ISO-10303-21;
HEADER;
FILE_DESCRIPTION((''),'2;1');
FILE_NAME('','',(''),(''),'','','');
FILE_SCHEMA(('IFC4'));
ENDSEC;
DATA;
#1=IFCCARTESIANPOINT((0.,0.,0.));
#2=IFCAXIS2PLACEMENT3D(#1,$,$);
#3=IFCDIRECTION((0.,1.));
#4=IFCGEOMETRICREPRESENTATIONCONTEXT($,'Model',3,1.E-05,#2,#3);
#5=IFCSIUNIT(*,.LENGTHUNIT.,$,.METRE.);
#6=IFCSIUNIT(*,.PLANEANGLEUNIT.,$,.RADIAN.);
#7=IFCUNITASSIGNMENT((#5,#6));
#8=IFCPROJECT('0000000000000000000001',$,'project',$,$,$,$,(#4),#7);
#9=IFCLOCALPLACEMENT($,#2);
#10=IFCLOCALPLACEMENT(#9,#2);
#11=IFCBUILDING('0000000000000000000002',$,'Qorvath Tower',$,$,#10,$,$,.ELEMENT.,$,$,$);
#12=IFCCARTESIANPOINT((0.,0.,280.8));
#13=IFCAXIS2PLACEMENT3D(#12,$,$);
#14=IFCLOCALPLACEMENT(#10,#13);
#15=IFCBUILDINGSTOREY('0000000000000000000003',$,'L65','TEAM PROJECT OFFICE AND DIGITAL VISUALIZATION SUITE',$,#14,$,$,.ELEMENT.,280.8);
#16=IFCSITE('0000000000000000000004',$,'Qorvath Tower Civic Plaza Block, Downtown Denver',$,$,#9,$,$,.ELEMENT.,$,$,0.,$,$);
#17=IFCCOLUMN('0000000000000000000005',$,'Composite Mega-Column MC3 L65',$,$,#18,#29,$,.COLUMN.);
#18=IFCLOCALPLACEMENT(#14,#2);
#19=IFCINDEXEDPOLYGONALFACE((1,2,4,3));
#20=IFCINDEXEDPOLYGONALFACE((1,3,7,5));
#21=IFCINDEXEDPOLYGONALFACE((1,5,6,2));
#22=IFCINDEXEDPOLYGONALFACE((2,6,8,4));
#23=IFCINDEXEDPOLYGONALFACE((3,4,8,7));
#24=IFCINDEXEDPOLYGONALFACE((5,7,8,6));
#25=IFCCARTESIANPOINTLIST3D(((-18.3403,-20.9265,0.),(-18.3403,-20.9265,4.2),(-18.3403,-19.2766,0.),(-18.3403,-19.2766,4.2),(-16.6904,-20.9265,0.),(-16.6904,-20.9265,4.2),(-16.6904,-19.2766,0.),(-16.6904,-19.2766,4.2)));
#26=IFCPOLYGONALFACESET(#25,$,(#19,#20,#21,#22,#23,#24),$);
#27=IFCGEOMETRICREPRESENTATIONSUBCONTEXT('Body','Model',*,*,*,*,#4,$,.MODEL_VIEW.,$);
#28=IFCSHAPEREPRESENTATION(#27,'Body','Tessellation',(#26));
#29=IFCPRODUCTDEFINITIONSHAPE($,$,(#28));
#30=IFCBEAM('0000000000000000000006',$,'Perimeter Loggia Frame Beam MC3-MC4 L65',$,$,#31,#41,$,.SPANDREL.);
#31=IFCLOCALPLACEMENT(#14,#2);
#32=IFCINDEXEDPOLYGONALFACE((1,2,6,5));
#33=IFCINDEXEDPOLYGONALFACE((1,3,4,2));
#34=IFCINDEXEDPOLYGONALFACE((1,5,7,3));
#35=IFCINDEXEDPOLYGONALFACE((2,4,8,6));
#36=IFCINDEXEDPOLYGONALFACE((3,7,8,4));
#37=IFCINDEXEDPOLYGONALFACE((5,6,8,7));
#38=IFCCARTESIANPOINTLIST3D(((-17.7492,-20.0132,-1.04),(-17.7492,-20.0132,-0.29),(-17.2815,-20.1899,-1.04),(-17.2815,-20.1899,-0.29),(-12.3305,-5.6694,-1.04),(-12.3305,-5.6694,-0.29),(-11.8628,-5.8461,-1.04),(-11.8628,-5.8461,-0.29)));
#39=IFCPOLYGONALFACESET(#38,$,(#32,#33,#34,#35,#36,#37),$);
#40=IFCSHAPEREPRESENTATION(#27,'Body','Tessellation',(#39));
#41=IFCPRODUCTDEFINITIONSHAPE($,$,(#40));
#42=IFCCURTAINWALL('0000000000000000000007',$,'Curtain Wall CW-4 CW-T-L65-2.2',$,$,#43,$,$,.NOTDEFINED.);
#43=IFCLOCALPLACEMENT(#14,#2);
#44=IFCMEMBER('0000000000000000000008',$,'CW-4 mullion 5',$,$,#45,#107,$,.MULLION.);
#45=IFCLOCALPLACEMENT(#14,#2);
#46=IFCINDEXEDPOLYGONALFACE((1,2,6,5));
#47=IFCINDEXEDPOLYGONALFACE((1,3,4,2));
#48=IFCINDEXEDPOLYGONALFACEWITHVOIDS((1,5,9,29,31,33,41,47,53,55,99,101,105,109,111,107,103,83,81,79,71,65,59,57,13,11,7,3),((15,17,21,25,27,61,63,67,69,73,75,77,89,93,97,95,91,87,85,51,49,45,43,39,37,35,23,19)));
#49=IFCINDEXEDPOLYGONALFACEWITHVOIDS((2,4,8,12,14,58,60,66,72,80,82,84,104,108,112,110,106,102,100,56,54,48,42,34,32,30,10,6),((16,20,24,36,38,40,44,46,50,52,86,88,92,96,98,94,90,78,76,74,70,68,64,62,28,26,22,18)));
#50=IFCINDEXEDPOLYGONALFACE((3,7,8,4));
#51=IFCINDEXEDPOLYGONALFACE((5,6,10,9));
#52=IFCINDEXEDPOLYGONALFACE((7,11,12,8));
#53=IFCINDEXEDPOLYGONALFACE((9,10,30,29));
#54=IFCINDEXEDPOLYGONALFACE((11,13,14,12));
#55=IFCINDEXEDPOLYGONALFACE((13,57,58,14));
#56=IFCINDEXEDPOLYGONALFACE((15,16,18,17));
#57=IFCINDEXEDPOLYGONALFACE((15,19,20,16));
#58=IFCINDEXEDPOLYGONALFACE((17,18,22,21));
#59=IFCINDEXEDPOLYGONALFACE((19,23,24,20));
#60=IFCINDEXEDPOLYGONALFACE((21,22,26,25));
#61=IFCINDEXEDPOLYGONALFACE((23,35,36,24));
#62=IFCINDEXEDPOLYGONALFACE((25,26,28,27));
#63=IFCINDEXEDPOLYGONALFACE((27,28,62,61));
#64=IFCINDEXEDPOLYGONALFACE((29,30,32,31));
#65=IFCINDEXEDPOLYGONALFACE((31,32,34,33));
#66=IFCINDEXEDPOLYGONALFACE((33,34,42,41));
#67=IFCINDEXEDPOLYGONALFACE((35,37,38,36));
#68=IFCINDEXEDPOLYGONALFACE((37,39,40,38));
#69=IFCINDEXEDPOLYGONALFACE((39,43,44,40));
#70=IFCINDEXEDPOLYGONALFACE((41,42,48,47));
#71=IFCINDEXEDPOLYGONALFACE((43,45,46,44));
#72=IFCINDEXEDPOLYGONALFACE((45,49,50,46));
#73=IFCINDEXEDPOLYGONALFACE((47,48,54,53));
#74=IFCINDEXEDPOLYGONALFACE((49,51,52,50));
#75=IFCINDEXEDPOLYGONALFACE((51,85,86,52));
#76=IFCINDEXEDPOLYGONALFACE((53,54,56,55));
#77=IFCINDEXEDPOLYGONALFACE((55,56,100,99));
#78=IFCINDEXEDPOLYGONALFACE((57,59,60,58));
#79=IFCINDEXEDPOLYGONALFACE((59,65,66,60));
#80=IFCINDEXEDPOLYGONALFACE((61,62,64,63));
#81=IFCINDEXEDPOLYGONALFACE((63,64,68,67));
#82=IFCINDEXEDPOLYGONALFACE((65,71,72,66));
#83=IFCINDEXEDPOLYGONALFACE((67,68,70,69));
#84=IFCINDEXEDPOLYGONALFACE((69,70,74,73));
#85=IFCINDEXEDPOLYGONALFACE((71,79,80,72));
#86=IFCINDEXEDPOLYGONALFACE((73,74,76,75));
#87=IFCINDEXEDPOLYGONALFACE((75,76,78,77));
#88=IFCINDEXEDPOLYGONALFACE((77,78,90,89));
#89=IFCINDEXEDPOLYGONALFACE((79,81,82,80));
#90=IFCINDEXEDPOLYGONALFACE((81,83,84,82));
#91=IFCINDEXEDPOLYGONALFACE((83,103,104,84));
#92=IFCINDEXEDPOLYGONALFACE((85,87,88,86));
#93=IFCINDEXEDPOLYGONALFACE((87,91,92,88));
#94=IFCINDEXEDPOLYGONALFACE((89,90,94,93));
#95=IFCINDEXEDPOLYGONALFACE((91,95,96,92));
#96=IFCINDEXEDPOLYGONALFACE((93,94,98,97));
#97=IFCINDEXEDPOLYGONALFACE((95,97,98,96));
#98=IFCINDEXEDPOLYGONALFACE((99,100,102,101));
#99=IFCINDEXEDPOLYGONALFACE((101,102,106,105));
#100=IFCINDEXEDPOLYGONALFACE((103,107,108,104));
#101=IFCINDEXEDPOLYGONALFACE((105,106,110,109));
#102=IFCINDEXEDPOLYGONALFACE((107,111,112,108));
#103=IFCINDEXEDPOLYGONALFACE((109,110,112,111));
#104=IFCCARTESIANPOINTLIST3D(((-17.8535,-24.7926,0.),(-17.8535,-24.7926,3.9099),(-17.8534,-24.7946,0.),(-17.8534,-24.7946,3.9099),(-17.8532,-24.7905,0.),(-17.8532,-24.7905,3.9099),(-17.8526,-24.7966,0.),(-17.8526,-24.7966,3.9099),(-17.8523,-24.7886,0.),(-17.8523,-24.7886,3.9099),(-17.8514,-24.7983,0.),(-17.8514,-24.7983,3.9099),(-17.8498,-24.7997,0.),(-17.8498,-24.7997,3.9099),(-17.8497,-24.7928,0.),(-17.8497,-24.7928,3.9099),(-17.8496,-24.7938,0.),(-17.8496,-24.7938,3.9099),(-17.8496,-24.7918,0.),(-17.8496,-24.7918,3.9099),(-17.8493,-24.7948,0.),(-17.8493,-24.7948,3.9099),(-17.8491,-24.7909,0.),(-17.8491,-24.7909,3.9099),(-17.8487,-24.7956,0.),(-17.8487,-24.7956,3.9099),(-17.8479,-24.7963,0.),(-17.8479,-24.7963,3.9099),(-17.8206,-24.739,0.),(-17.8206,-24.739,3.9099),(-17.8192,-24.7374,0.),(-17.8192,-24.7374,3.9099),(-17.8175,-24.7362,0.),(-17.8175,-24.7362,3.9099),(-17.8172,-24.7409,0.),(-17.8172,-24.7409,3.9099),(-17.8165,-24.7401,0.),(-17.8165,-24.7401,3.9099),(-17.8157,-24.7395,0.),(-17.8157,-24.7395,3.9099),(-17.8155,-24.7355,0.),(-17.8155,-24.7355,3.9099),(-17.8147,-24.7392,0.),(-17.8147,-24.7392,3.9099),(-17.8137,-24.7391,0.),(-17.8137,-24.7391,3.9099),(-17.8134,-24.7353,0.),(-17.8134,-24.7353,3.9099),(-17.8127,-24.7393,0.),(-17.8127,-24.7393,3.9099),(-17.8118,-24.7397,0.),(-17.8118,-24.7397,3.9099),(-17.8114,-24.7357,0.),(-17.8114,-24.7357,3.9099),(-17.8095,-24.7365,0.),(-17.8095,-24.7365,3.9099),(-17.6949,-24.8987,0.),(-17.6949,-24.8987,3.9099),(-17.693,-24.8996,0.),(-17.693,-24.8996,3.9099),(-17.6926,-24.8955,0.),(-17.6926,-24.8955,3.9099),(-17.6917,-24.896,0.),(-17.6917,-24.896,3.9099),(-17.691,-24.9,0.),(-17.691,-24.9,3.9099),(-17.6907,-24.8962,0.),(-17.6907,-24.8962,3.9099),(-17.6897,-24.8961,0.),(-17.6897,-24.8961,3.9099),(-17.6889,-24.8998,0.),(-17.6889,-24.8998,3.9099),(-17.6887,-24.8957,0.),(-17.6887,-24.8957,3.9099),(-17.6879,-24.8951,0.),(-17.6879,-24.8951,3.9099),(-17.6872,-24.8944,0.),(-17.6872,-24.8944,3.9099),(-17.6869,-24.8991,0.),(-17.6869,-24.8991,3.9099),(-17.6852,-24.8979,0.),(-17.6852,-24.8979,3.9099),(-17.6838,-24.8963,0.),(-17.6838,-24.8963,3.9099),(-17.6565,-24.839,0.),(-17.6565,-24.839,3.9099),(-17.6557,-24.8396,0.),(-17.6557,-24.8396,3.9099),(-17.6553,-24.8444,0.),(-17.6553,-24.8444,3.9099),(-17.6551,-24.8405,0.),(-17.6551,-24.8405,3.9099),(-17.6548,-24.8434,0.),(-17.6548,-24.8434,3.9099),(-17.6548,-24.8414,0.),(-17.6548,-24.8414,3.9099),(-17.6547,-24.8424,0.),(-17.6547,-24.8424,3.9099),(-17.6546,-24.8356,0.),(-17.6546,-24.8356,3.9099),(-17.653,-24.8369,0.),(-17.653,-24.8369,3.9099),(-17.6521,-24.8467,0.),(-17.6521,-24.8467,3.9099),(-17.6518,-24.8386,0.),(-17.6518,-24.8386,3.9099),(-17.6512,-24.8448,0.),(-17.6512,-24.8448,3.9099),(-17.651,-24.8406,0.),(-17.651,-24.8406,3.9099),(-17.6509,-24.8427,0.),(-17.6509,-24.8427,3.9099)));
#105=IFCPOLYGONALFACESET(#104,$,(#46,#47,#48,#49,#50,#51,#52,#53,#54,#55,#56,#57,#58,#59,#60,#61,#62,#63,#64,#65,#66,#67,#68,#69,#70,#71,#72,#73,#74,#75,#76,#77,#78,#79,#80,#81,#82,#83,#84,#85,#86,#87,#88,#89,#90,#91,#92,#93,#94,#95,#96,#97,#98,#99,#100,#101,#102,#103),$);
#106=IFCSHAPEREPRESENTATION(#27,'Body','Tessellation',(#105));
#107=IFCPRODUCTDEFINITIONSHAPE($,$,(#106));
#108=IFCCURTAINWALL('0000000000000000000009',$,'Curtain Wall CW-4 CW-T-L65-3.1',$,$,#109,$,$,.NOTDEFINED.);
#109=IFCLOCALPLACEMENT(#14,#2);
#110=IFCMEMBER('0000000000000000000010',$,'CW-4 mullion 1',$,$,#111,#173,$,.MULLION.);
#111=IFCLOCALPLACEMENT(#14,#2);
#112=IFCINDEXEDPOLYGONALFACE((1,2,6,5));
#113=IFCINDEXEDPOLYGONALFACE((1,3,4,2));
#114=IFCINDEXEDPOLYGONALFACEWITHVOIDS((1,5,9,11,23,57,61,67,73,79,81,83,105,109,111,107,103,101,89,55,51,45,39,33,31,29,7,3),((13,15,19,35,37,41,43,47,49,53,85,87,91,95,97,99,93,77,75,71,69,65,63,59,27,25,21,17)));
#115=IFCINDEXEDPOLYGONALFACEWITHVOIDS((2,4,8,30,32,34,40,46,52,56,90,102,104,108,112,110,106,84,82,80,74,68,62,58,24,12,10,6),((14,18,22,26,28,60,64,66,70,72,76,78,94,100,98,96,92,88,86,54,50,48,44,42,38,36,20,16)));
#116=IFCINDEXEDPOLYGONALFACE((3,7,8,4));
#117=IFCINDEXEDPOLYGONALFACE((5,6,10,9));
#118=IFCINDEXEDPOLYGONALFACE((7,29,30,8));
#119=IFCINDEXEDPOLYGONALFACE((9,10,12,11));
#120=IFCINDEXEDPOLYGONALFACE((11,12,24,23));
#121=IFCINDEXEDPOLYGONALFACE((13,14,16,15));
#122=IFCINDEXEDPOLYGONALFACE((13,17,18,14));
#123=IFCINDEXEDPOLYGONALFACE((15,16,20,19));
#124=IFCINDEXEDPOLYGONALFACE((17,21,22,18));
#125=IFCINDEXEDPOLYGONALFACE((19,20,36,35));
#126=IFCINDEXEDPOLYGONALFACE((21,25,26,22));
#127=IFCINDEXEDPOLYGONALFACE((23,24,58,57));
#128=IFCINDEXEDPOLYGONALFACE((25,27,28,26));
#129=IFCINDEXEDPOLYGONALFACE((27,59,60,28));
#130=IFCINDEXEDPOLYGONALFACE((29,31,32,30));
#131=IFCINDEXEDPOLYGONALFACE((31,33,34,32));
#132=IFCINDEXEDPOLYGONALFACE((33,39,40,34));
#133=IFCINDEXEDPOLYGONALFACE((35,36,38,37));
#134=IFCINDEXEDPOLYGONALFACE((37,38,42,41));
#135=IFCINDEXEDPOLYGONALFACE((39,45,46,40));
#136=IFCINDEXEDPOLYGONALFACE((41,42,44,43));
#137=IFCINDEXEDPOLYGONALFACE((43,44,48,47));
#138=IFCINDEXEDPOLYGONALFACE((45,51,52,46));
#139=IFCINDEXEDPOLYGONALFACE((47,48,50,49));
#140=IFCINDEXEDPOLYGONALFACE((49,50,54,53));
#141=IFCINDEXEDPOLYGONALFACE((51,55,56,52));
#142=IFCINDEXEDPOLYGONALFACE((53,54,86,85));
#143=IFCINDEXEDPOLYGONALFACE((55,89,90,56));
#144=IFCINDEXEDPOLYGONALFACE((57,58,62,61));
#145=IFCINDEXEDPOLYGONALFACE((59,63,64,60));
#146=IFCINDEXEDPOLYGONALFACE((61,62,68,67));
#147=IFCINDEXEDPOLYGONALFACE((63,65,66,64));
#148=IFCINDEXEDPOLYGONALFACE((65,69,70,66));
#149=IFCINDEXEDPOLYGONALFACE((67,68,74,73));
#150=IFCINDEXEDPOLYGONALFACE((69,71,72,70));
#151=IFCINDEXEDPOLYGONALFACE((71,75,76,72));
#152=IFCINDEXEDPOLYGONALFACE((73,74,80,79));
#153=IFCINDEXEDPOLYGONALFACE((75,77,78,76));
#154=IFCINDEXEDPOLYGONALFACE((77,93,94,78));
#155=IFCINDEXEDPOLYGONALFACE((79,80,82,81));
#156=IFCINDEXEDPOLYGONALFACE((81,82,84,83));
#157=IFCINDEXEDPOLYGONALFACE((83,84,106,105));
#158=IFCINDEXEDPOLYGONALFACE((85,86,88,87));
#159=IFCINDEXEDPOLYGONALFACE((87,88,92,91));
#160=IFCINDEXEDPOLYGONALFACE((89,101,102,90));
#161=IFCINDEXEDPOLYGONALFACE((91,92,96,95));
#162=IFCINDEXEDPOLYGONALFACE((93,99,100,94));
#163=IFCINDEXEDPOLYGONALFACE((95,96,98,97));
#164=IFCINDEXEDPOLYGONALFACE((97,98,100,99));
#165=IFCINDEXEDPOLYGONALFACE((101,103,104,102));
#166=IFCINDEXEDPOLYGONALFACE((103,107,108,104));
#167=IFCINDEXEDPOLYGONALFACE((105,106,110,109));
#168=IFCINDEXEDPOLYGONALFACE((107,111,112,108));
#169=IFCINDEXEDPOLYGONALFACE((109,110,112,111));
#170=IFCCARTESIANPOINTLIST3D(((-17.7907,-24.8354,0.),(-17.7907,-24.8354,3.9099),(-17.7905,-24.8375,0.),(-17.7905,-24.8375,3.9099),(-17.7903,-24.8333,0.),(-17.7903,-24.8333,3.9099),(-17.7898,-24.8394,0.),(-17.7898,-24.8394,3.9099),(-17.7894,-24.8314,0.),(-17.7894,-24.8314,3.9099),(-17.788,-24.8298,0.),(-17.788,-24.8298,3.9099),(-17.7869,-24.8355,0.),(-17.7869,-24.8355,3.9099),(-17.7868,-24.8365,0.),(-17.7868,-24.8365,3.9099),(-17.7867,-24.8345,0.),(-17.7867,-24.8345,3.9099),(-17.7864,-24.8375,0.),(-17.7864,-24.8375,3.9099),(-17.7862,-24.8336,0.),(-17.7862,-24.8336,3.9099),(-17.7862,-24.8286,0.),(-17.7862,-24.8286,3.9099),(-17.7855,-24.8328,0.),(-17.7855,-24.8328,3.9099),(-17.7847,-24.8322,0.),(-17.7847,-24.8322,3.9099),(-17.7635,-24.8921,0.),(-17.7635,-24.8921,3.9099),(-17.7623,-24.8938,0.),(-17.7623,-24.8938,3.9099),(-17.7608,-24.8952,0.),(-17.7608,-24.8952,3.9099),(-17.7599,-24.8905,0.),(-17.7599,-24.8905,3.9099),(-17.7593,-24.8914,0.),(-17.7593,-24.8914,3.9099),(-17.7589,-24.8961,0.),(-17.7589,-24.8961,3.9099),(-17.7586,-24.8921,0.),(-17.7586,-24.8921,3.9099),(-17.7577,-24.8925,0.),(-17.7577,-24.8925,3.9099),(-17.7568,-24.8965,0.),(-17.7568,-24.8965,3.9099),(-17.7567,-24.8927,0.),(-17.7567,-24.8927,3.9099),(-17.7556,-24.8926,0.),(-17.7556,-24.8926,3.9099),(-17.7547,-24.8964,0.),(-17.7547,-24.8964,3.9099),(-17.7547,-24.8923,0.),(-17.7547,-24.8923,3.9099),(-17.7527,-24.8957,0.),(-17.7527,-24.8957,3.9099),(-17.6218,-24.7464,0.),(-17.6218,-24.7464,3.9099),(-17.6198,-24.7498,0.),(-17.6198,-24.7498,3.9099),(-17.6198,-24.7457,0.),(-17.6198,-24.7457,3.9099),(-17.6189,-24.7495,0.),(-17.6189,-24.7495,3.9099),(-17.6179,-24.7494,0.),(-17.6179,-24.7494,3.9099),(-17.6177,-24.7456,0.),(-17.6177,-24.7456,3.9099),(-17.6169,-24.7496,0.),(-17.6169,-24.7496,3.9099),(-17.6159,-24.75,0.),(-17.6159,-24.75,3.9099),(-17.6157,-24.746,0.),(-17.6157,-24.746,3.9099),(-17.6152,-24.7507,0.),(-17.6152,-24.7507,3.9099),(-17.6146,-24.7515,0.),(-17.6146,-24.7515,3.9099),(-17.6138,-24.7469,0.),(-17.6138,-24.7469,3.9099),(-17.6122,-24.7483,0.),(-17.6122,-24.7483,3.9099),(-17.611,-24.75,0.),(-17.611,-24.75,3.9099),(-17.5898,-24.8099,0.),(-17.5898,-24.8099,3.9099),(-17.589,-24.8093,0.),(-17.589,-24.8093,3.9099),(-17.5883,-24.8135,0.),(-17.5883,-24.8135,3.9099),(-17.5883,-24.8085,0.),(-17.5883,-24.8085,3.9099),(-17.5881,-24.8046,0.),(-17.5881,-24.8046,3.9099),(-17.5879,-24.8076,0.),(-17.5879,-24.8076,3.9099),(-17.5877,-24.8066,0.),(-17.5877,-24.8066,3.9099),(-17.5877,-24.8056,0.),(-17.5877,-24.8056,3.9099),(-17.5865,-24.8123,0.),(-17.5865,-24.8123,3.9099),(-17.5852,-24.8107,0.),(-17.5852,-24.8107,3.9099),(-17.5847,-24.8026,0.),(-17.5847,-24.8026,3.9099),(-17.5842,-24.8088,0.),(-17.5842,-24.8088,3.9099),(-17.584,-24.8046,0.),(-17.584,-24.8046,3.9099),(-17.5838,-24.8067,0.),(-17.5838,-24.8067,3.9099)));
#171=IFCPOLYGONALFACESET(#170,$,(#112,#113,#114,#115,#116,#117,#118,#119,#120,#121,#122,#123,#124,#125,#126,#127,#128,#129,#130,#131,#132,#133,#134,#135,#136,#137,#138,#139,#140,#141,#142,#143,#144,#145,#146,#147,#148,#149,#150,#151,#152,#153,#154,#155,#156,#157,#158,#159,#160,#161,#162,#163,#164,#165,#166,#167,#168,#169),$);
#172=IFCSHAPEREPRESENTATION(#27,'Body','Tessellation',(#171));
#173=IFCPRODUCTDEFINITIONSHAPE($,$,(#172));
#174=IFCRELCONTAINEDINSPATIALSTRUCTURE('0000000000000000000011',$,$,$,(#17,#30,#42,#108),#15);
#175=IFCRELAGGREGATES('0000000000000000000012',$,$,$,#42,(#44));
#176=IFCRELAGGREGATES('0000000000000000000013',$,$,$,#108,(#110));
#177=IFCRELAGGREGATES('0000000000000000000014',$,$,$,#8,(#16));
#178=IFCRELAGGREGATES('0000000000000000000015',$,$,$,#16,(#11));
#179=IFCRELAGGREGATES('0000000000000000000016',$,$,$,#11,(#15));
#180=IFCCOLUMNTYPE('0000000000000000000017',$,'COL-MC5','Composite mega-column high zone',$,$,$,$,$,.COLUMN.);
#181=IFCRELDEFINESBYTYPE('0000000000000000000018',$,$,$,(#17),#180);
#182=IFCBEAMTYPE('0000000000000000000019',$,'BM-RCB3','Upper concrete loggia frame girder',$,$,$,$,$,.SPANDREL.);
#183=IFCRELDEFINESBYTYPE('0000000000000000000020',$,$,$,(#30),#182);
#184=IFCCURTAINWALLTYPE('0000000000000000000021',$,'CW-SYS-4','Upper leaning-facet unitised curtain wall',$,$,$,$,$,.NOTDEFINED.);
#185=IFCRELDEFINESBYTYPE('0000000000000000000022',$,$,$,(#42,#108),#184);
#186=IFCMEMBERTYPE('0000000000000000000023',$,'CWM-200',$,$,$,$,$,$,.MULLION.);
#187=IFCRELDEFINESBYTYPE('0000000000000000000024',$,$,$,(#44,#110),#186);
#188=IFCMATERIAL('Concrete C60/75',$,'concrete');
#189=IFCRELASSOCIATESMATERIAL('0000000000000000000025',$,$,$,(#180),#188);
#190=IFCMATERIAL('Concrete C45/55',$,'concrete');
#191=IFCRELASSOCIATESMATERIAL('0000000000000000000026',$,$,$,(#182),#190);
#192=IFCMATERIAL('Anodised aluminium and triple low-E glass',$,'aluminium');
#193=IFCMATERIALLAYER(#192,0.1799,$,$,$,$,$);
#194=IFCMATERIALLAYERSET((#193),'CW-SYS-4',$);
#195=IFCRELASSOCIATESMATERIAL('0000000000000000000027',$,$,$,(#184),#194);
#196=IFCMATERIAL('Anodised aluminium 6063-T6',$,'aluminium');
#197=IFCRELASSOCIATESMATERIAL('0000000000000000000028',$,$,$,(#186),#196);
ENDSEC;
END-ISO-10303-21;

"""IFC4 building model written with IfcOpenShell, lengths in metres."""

from ifc_helpers import new_model, si_unit, direction, frame, origin, origin_2d, place, context, subcontext, project, spatial, rectangle, hollow_rectangle, extrude, material, layer, layer_set, material_profile, profile_set, type_object, element, aggregate, save


model = new_model("IFC4")

# Units and contexts
model_context = context("Model", 3, precision=1e-05, world=origin(), true_north=direction((0.0, 1.0)))
body_context = subcontext(model_context, "Body", "Model", "MODEL_VIEW")
ifc_project = project(units=[si_unit("LENGTHUNIT", "METRE"), si_unit("PLANEANGLEUNIT", "RADIAN")], contexts=[model_context])

# Site, building, storey
site_placement = place(None, origin())
site = spatial("IfcSite", under=ifc_project, at=site_placement, Name="Qorvath Tower Civic Plaza Block, Downtown Denver", CompositionType="ELEMENT", RefElevation=0.0)
building_placement = place(site_placement, origin())
building = spatial("IfcBuilding", under=site, at=building_placement, Name="Qorvath Tower", CompositionType="ELEMENT")
storey_placement = place(building_placement, frame((0.0, 0.0, 280.8)))
storey = spatial("IfcBuildingStorey", under=building, at=storey_placement, Name="L65", Description="TEAM PROJECT OFFICE AND DIGITAL VISUALIZATION SUITE", CompositionType="ELEMENT", Elevation=280.8)

# Column
ifc_material_1 = material(Name="Concrete C60/75", Category="concrete")
ifc_material_profile_1 = material_profile(ifc_material_1, rectangle(XDim=1.6499, YDim=1.6499, at=origin_2d()), Name="MC 1650x1650")
ifc_profile_set_1 = profile_set([ifc_material_profile_1], Name="Concrete C60/75")
column_type = type_object("IfcColumnType", Name="COL-MC5", Description="Composite mega-column high zone", PredefinedType="COLUMN", material=ifc_profile_set_1)
column_placement = place(storey_placement, frame((-17.5154, -20.1016, 0.0), z_axis=(0.0, 0.0, 1.0), x_axis=(1.0, 0.0, 0.0)))
element("IfcColumn", 1, at=column_placement, inside=storey, type_object=column_type, Name="Composite Mega-Column MC3 L65", PredefinedType="COLUMN", context=body_context, shape_type="SweptSolid", body=[
    extrude(rectangle(XDim=1.6499, YDim=1.6499, at=origin_2d()), origin(), (0.0, 0.0, 1.0), 4.2),
])

# Beam
ifc_material_2 = material(Name="Concrete C45/55", Category="concrete")
ifc_material_profile_2 = material_profile(ifc_material_2, rectangle(XDim=0.5, YDim=0.75, at=origin_2d()), Name="RCB 750x500")
ifc_profile_set_2 = profile_set([ifc_material_profile_2], Name="Concrete C45/55")
beam_type = type_object("IfcBeamType", Name="BM-RCB3", Description="Upper concrete loggia frame girder", PredefinedType="SPANDREL", material=ifc_profile_set_2)
beam_placement = place(storey_placement, frame((-17.5154, -20.1016, -0.665), z_axis=(0.353398, 0.935473, 0.0), x_axis=(-0.935473, 0.353398, 0.0)))
element("IfcBeam", 2, at=beam_placement, inside=storey, type_object=beam_type, Name="Perimeter Loggia Frame Beam MC3-MC4 L65", PredefinedType="SPANDREL", context=body_context, shape_type="SweptSolid", body=[
    extrude(rectangle(XDim=0.5, YDim=0.75, at=origin_2d()), origin(), (0.0, 0.0, 1.0), 15.3333),
])

# Curtain wall, member
ifc_material_3 = material(Name="Anodised aluminium and triple low-E glass", Category="aluminium")
ifc_layer_1 = layer(ifc_material_3, 0.1799)
ifc_layer_set_1 = layer_set([ifc_layer_1], Name="CW-SYS-4")
curtain_wall_type = type_object("IfcCurtainWallType", Name="CW-SYS-4", Description="Upper leaning-facet unitised curtain wall", PredefinedType="NOTDEFINED", material=ifc_layer_set_1)
curtain_wall_1_placement = place(storey_placement, origin())
curtain_wall_1 = element("IfcCurtainWall", 3, at=curtain_wall_1_placement, inside=storey, type_object=curtain_wall_type, Name="Curtain Wall CW-4 CW-T-L65-2.2", PredefinedType="NOTDEFINED")
ifc_material_4 = material(Name="Anodised aluminium 6063-T6", Category="aluminium")
ifc_material_profile_3 = material_profile(ifc_material_4, hollow_rectangle(XDim=0.075, YDim=0.2, WallThickness=0.0039, InnerFilletRadius=0.0039, OuterFilletRadius=0.0081, at=origin_2d()), Name="CWM 200x75")
ifc_profile_set_3 = profile_set([ifc_material_profile_3], Name="Anodised aluminium 6063-T6")
member_type_1 = type_object("IfcMemberType", Name="CWM-200", PredefinedType="MULLION", material=ifc_profile_set_3)
member_1_placement = place(storey_placement, frame((-17.7522, -24.8176, 0.0), z_axis=(0.0, 0.0, 1.0), x_axis=(0.538537, 0.842602, 0.0)))
member_1 = element("IfcMember", 4, at=member_1_placement, type_object=member_type_1, Name="CW-4 mullion 5", PredefinedType="MULLION", context=body_context, shape_type="SweptSolid", body=[
    extrude(hollow_rectangle(XDim=0.075, YDim=0.2, WallThickness=0.0039, InnerFilletRadius=0.0039, OuterFilletRadius=0.0081, at=origin_2d()), origin(), (0.0, 0.0, 1.0), 3.9099),
])
aggregate(curtain_wall_1, [member_1])

# Curtain wall, member
curtain_wall_2_placement = place(storey_placement, origin())
curtain_wall_2 = element("IfcCurtainWall", 5, at=curtain_wall_2_placement, inside=storey, type_object=curtain_wall_type, Name="Curtain Wall CW-4 CW-T-L65-3.1", PredefinedType="NOTDEFINED")
member_2_placement = place(storey_placement, frame((-17.6873, -24.821, 0.0), z_axis=(0.0, 0.0, 1.0), x_axis=(-0.447224, 0.894422, 0.0)))
member_2 = element("IfcMember", 6, at=member_2_placement, type_object=member_type_1, Name="CW-4 mullion 1", PredefinedType="MULLION", context=body_context, shape_type="SweptSolid", body=[
    extrude(hollow_rectangle(XDim=0.075, YDim=0.2, WallThickness=0.0039, InnerFilletRadius=0.0039, OuterFilletRadius=0.0081, at=origin_2d()), origin(), (0.0, 0.0, 1.0), 3.9099),
])

aggregate(curtain_wall_2, [member_2])

save(model, "model.ifc")
